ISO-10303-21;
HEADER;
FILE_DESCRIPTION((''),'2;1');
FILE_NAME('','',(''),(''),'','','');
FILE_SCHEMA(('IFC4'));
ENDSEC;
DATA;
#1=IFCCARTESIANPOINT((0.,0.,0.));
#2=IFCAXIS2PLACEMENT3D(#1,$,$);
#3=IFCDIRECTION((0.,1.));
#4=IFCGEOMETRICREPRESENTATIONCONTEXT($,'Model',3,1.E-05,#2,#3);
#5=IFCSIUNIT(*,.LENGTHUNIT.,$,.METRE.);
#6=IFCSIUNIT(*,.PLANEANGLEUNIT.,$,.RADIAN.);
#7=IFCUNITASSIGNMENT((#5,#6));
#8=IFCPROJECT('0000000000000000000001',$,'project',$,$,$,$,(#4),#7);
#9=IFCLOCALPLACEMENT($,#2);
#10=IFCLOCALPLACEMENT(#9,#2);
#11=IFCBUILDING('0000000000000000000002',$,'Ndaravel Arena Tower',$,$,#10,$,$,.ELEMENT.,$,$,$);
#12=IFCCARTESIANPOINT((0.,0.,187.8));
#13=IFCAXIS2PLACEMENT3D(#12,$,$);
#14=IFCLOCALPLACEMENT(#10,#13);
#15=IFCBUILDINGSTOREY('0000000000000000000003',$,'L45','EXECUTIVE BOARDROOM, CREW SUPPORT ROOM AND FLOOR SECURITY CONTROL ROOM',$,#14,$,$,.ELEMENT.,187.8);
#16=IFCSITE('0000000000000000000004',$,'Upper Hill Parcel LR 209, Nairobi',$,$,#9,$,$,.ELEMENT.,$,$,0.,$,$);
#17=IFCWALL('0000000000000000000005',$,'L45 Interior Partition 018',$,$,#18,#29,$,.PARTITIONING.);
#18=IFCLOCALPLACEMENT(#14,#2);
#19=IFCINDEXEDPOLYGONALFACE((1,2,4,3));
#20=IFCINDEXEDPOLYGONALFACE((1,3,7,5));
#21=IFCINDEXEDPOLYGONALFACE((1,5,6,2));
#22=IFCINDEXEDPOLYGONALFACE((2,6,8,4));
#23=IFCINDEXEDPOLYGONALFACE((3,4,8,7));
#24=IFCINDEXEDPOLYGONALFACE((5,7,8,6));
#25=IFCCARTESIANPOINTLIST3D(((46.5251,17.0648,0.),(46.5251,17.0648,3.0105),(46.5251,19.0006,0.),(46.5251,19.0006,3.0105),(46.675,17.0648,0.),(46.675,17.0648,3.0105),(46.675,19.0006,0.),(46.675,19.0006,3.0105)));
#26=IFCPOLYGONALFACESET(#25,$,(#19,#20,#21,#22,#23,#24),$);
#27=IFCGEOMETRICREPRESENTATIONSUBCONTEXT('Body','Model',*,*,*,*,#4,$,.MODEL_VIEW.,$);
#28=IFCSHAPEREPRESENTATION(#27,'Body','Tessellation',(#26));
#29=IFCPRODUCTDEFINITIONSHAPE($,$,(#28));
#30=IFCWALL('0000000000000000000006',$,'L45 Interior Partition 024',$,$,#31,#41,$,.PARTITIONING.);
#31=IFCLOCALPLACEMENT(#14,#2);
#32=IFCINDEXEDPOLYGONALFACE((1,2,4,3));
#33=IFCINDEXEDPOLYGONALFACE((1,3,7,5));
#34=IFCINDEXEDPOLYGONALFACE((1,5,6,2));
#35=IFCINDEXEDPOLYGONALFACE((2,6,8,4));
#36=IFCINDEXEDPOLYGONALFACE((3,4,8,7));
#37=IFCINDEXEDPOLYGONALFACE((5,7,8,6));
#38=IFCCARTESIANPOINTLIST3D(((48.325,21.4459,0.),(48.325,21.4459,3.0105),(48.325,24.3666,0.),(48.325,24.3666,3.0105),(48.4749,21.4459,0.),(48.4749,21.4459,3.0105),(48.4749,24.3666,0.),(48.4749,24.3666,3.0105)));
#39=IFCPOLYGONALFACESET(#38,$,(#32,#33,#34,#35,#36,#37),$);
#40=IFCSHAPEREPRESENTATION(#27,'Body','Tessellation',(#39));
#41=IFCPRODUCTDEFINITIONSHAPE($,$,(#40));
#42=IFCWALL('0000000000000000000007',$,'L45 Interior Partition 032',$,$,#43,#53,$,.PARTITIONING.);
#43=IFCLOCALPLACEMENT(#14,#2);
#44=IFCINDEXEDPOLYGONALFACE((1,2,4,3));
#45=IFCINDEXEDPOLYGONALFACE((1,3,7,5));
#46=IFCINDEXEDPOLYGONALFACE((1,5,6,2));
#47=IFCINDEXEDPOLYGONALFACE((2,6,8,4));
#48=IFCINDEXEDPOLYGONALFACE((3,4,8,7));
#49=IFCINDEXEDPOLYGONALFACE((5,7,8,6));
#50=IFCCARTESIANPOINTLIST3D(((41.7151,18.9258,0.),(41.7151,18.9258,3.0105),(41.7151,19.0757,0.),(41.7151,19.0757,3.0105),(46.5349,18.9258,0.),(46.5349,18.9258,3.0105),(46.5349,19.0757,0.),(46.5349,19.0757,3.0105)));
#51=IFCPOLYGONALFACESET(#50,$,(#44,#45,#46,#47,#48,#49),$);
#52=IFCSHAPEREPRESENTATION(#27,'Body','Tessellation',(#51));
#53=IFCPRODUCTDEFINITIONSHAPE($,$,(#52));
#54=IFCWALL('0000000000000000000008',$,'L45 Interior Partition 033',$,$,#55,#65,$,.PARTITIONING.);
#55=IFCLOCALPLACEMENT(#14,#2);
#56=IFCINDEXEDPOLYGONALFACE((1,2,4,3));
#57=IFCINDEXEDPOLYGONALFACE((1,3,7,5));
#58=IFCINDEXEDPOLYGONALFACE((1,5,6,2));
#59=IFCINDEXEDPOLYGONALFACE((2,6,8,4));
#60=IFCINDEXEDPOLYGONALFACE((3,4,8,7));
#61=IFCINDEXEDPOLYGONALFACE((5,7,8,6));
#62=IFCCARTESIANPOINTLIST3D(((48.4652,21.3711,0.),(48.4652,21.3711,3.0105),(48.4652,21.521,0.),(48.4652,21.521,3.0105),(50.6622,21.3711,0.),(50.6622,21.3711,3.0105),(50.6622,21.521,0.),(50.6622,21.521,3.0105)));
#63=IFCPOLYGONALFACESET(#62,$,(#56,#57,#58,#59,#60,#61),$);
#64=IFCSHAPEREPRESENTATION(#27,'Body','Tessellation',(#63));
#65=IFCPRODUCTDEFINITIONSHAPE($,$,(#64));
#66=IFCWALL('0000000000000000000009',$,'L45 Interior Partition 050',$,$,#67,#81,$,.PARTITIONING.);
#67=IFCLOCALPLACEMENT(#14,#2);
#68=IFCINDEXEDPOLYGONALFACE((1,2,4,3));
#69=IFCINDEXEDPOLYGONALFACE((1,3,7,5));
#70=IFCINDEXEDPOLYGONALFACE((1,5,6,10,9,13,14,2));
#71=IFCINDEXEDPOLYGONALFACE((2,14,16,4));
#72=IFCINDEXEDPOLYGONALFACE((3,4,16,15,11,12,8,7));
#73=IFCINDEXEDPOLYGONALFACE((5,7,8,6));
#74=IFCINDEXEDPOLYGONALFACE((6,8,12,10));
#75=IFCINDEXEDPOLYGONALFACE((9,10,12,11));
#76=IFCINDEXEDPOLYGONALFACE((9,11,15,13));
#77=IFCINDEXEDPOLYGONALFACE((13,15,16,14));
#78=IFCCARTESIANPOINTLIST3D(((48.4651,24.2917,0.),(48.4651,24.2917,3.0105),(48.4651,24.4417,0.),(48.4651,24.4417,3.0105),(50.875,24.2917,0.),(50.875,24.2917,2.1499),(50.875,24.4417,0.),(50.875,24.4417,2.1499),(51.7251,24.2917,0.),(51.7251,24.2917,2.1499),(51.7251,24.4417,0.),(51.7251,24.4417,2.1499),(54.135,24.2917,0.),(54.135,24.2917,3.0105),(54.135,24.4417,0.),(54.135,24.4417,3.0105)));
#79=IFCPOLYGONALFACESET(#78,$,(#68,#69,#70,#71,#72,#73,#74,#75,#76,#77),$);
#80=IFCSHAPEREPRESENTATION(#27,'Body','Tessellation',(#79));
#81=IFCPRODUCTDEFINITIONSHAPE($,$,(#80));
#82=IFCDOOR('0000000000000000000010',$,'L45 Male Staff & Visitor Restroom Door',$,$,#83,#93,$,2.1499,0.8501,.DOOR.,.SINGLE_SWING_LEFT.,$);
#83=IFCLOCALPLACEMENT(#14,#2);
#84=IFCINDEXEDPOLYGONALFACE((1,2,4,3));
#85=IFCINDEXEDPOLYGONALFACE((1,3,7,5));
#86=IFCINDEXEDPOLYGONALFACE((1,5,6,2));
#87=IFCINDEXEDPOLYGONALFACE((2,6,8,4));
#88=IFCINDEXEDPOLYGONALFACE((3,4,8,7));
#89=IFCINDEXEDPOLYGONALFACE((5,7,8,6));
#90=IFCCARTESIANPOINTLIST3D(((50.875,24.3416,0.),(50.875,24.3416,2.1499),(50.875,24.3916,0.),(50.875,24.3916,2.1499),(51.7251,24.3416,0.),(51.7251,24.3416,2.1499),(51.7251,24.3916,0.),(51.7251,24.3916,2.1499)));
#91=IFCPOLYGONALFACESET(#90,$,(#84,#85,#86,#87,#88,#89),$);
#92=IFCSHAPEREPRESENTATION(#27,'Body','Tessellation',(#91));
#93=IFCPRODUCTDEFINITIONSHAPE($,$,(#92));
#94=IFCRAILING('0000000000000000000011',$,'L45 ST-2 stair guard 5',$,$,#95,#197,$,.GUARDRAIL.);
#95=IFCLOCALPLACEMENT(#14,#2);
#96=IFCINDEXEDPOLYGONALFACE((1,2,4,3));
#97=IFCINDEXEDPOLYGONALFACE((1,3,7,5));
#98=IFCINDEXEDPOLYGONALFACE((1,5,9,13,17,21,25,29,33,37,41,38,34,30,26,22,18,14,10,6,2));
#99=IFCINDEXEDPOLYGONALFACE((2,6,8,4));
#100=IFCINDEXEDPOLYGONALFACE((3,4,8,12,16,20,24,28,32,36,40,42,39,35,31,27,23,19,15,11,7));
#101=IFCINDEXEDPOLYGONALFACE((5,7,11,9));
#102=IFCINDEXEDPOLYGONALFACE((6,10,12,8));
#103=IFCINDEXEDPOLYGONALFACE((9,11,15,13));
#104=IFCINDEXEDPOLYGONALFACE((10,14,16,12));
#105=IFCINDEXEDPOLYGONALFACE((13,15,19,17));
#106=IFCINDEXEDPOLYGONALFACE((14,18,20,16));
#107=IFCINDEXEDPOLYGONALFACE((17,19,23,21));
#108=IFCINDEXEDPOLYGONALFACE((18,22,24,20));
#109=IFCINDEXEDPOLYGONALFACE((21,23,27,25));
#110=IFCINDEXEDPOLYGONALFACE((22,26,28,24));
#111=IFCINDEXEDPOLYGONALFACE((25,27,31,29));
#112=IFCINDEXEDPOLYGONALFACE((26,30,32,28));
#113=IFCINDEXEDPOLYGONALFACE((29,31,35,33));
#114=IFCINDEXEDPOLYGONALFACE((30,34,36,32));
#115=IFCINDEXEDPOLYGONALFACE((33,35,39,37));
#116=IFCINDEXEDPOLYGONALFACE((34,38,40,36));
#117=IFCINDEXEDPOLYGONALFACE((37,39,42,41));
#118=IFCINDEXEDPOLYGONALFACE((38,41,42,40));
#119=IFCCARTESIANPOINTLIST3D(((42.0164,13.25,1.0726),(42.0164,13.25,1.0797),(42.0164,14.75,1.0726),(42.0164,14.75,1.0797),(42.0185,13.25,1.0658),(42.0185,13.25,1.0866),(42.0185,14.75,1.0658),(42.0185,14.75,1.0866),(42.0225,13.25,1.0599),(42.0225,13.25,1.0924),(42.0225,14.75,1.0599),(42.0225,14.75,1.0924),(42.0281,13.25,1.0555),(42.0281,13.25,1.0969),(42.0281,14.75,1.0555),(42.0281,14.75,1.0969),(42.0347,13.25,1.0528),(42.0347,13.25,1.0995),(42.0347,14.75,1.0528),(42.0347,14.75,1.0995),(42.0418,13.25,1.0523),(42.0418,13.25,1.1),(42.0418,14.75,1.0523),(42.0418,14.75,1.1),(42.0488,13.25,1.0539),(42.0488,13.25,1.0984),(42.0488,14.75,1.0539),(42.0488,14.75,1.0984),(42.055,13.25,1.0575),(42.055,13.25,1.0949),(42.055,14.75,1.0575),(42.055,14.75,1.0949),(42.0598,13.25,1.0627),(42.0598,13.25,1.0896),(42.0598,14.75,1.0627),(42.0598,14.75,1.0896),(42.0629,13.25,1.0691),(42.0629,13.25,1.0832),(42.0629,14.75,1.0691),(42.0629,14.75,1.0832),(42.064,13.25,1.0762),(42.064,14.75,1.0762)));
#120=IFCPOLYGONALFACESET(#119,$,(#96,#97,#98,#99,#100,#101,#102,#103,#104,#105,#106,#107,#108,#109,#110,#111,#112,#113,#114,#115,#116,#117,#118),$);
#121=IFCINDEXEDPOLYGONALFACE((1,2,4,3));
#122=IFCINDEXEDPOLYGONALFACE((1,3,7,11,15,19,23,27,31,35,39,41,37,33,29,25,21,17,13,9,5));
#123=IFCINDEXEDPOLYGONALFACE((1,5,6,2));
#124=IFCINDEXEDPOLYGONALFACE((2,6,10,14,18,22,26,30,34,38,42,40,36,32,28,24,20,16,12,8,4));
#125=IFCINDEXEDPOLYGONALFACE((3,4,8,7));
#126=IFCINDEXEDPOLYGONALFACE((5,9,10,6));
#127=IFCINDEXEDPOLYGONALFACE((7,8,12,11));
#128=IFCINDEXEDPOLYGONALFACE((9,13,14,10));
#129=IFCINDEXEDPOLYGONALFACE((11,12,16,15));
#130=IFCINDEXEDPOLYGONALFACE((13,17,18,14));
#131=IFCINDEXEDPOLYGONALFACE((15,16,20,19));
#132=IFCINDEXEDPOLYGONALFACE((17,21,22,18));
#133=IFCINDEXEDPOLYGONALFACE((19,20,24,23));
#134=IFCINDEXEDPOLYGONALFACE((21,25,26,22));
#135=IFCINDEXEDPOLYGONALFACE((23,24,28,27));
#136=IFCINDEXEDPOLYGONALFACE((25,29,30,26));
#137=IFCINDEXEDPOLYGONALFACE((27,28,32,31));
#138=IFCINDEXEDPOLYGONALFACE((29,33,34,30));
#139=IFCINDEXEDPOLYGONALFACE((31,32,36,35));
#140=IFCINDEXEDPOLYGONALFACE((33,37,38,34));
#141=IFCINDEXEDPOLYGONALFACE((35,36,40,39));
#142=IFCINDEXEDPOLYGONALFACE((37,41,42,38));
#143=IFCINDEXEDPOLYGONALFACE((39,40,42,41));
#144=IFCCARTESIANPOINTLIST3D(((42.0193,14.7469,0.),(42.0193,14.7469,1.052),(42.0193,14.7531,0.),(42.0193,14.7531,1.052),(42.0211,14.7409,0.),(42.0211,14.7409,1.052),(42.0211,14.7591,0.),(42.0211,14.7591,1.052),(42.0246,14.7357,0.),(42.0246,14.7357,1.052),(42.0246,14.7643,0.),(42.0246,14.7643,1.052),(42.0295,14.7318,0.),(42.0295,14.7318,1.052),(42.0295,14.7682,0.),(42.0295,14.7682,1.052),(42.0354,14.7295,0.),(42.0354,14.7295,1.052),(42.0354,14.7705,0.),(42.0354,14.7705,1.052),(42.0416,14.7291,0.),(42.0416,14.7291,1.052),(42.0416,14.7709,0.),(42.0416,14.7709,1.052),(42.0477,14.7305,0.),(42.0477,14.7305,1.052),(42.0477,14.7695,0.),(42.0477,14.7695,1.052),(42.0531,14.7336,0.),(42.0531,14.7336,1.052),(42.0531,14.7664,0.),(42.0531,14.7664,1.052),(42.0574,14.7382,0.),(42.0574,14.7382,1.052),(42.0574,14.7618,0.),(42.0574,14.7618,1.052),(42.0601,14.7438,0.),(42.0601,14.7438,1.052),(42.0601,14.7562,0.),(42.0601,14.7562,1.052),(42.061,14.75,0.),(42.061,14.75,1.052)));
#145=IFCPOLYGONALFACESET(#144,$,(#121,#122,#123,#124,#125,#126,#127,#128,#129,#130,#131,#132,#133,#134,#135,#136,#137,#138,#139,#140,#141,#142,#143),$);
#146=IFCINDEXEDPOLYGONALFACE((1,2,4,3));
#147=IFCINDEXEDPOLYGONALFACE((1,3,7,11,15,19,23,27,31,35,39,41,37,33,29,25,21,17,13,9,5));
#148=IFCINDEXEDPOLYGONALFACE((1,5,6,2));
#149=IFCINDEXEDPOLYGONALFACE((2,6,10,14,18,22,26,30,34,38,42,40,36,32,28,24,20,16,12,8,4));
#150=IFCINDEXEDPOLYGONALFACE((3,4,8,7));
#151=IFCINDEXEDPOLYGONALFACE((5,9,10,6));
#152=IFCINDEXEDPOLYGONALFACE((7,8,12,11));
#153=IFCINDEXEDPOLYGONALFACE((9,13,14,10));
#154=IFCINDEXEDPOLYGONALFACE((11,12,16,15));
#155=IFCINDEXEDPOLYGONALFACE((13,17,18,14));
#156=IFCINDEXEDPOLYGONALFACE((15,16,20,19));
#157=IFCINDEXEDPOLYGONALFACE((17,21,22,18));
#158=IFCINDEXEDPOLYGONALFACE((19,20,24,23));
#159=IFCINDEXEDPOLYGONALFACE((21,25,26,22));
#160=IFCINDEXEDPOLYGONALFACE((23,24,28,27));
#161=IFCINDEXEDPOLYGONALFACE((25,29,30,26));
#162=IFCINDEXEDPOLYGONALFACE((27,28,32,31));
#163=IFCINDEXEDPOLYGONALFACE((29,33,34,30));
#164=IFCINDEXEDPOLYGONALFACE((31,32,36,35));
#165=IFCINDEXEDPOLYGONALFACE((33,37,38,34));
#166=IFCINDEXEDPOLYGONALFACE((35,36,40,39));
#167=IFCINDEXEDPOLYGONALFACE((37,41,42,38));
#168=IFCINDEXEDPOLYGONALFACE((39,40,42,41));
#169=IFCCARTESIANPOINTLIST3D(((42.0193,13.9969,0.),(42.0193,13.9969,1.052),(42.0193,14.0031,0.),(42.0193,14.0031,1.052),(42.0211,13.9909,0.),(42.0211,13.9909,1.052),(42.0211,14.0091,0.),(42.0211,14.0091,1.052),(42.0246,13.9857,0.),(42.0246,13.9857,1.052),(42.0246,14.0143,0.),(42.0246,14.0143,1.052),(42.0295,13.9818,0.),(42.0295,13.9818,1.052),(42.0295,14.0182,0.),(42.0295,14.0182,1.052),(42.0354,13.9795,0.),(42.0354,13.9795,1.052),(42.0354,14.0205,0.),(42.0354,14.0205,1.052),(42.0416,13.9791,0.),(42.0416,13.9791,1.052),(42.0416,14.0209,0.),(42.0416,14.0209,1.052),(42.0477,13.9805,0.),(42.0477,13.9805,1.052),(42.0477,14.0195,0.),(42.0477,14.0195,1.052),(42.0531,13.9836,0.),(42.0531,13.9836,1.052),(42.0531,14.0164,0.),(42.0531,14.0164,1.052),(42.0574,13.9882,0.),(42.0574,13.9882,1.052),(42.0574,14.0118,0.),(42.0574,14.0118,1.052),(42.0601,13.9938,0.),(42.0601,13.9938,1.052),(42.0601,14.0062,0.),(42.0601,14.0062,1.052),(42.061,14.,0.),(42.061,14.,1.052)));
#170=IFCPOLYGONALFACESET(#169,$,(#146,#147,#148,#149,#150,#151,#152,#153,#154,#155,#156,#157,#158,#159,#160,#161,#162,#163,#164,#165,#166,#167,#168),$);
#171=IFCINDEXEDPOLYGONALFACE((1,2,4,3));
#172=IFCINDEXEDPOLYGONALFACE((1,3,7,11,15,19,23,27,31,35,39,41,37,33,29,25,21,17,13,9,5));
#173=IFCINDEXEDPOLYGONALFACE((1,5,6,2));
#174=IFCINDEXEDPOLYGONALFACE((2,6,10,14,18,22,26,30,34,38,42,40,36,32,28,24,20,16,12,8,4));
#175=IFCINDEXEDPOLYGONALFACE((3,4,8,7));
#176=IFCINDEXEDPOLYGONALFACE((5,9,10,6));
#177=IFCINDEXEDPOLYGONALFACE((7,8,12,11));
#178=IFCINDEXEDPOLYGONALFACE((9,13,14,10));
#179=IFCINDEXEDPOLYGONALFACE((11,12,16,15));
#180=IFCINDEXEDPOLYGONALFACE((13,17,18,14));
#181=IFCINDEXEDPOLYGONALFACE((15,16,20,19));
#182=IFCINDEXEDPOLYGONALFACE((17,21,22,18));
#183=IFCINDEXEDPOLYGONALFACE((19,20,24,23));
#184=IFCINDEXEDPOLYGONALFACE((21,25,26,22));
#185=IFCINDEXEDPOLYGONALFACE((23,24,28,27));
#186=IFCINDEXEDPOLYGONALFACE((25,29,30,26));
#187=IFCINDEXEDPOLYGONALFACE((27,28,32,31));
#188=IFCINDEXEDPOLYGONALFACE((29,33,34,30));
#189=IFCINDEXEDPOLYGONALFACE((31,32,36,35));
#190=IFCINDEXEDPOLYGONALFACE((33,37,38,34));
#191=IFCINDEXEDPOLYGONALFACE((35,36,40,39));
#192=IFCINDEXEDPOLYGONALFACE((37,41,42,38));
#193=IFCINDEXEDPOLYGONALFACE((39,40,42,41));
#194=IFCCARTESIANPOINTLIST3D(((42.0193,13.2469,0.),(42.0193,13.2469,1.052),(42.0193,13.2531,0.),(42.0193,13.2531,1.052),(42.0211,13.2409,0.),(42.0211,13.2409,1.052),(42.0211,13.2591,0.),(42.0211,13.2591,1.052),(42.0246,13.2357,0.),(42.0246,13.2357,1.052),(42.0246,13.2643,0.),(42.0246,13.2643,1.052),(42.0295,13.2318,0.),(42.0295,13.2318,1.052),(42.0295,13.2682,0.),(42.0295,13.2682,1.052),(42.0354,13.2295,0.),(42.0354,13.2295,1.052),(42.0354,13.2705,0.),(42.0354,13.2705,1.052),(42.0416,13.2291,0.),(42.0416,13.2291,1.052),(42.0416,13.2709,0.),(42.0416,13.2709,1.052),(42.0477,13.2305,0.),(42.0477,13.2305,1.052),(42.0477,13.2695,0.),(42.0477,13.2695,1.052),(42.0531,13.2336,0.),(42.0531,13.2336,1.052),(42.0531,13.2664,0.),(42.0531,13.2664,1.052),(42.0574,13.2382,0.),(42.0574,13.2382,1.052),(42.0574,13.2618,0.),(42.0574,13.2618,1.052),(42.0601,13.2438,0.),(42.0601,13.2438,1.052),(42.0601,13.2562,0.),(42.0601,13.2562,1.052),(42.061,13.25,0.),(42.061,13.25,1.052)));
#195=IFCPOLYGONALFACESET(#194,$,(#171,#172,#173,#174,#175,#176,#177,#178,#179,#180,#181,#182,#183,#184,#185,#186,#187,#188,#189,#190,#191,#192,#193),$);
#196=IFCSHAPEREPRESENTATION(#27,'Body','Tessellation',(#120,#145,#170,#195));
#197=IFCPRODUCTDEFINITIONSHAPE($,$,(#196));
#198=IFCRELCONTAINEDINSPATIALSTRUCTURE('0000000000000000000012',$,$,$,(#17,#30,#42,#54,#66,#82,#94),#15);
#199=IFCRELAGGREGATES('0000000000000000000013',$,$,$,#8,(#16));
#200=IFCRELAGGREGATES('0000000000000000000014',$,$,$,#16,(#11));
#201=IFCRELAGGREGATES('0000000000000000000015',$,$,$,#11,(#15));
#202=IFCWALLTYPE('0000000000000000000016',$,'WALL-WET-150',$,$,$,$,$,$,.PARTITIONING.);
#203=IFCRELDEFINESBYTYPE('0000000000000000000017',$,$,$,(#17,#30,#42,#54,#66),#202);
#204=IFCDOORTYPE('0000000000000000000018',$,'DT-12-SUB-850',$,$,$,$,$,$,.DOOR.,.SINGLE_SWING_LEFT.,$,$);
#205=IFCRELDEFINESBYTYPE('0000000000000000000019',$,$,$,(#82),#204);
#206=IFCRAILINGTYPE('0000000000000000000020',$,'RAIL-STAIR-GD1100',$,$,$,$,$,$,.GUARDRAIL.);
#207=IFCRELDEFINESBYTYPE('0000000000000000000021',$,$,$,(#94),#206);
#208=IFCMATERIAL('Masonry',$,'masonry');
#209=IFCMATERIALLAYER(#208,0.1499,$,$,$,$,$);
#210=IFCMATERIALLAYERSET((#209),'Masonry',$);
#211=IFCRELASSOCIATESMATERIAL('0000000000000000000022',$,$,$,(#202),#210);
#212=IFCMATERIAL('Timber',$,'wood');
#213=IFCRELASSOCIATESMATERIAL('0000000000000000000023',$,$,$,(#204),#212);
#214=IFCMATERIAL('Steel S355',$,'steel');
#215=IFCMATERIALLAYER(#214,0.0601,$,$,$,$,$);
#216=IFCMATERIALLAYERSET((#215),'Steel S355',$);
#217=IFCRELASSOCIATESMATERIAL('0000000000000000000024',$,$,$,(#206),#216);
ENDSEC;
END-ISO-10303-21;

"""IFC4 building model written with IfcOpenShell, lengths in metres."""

from ifc_helpers import new_model, si_unit, direction, frame, frame_2d, origin, origin_2d, place, context, subcontext, project, spatial, rectangle, circle, extrude, material, layer, layer_set, type_object, element, fill, save


model = new_model("IFC4")

# Units and contexts
model_context = context("Model", 3, precision=1e-05, world=origin(), true_north=direction((0.0, 1.0)))
body_context = subcontext(model_context, "Body", "Model", "MODEL_VIEW")
ifc_project = project(units=[si_unit("LENGTHUNIT", "METRE"), si_unit("PLANEANGLEUNIT", "RADIAN")], contexts=[model_context])

# Site, building, storey
site_placement = place(None, origin())
site = spatial("IfcSite", under=ifc_project, at=site_placement, Name="Upper Hill Parcel LR 209, Nairobi", CompositionType="ELEMENT", RefElevation=0.0)
building_placement = place(site_placement, origin())
building = spatial("IfcBuilding", under=site, at=building_placement, Name="Ndaravel Arena Tower", CompositionType="ELEMENT")
storey_placement = place(building_placement, frame((0.0, 0.0, 187.8)))
storey = spatial("IfcBuildingStorey", under=building, at=storey_placement, Name="L45", Description="EXECUTIVE BOARDROOM, CREW SUPPORT ROOM AND FLOOR SECURITY CONTROL ROOM", CompositionType="ELEMENT", Elevation=187.8)

# Walls
ifc_material_1 = material(Name="Masonry", Category="masonry")
ifc_layer_1 = layer(ifc_material_1, 0.1499)
ifc_layer_set_1 = layer_set([ifc_layer_1], Name="Masonry")
wall_type_1 = type_object("IfcWallType", Name="WALL-WET-150", PredefinedType="PARTITIONING", material=ifc_layer_set_1)
wall_1_placement = place(storey_placement, frame((46.6001, 17.0649, 0.0), z_axis=(0.0, 0.0, 1.0), x_axis=(0.0, 1.0, 0.0)))
element("IfcWall", 1, at=wall_1_placement, inside=storey, type_object=wall_type_1, Name="L45 Interior Partition 018", PredefinedType="PARTITIONING", context=body_context, shape_type="SweptSolid", body=[
    extrude(rectangle(XDim=1.9358, YDim=0.1499, at=frame_2d((0.9678, 0.0))), origin(), (0.0, 0.0, 1.0), 3.0105),
])
wall_2_placement = place(storey_placement, frame((48.3999, 24.3667, 0.0), z_axis=(0.0, 0.0, 1.0), x_axis=(0.0, -1.0, 0.0)))
element("IfcWall", 2, at=wall_2_placement, inside=storey, type_object=wall_type_1, Name="L45 Interior Partition 024", PredefinedType="PARTITIONING", context=body_context, shape_type="SweptSolid", body=[
    extrude(rectangle(XDim=2.9207, YDim=0.1499, at=frame_2d((1.4604, 0.0))), origin(), (0.0, 0.0, 1.0), 3.0105),
])
wall_3_placement = place(storey_placement, frame((41.7151, 19.0007, 0.0), z_axis=(0.0, 0.0, 1.0), x_axis=(1.0, 0.0, 0.0)))
element("IfcWall", 3, at=wall_3_placement, inside=storey, type_object=wall_type_1, Name="L45 Interior Partition 032", PredefinedType="PARTITIONING", context=body_context, shape_type="SweptSolid", body=[
    extrude(rectangle(XDim=4.8198, YDim=0.1499, at=frame_2d((2.4099, 0.0))), origin(), (0.0, 0.0, 1.0), 3.0105),
])
wall_4_placement = place(storey_placement, frame((48.4651, 21.446, 0.0), z_axis=(0.0, 0.0, 1.0), x_axis=(1.0, 0.0, 0.0)))
element("IfcWall", 4, at=wall_4_placement, inside=storey, type_object=wall_type_1, Name="L45 Interior Partition 033", PredefinedType="PARTITIONING", context=body_context, shape_type="SweptSolid", body=[
    extrude(rectangle(XDim=2.197, YDim=0.1499, at=frame_2d((1.0986, 0.0))), origin(), (0.0, 0.0, 1.0), 3.0105),
])

# Wall, opening, door
wall_5_placement = place(storey_placement, frame((48.4651, 24.3667, 0.0), z_axis=(0.0, 0.0, 1.0), x_axis=(1.0, 0.0, 0.0)))
wall_5 = element("IfcWall", 5, at=wall_5_placement, inside=storey, type_object=wall_type_1, Name="L45 Interior Partition 050", PredefinedType="PARTITIONING", context=body_context, shape_type="SweptSolid", body=[
    extrude(rectangle(XDim=5.6699, YDim=0.1499, at=frame_2d((2.835, 0.0))), origin(), (0.0, 0.0, 1.0), 3.0105),
])
opening_1_placement = place(wall_5_placement, frame((2.4099, 0.0, 0.0)))
opening_1 = element("IfcOpeningElement", 6, at=opening_1_placement, cuts=wall_5, PredefinedType="OPENING", context=body_context, shape_type="SweptSolid", body=[
    extrude(rectangle(XDim=0.8501, YDim=2.1499, at=frame_2d((0.425, 1.075))), frame((0.0, 0.075, 0.0), z_axis=(0.0, -1.0, 0.0), x_axis=(1.0, 0.0, 0.0)), (0.0, 0.0, 1.0), 0.1499),
])
ifc_material_2 = material(Name="Timber", Category="wood")
door_type_1 = type_object("IfcDoorType", Name="DT-12-SUB-850", OperationType="SINGLE_SWING_LEFT", PredefinedType="DOOR", material=ifc_material_2)
door_1_placement = place(opening_1_placement, origin())
door_1 = element("IfcDoor", 7, at=door_1_placement, inside=storey, type_object=door_type_1, Name="L45 Male Staff & Visitor Restroom Door", OperationType="SINGLE_SWING_LEFT", OverallHeight=2.1499, OverallWidth=0.8501, PredefinedType="DOOR", context=body_context, shape_type="SweptSolid", body=[
    extrude(rectangle(XDim=0.8501, YDim=2.1499, at=frame_2d((0.425, 1.075))), frame((0.0, 0.0249, 0.0), z_axis=(0.0, -1.0, 0.0), x_axis=(1.0, 0.0, 0.0)), (0.0, 0.0, 1.0), 0.05),
])
fill(opening_1, door_1)

# Railing
ifc_material_3 = material(Name="Steel S355", Category="steel")
ifc_layer_2 = layer(ifc_material_3, 0.0601)
ifc_layer_set_2 = layer_set([ifc_layer_2], Name="Steel S355")
railing_type = type_object("IfcRailingType", Name="RAIL-STAIR-GD1100", PredefinedType="GUARDRAIL", material=ifc_layer_set_2)
railing_placement = place(storey_placement, frame((42.04, 14.75, 0.0)))
element("IfcRailing", 8, at=railing_placement, inside=storey, type_object=railing_type, Name="L45 ST-2 stair guard 5", PredefinedType="GUARDRAIL", context=body_context, shape_type="SweptSolid", body=[
    extrude(circle(Radius=0.0239, at=origin_2d()), frame((0.0, 0.0, 1.0762), z_axis=(0.0, -1.0, 0.0), x_axis=(1.0, 0.0, 0.0)), (0.0, 0.0, 1.0), 1.5),
    extrude(circle(Radius=0.021, at=origin_2d()), origin(), (0.0, 0.0, 1.0), 1.052),
    extrude(circle(Radius=0.021, at=origin_2d()), frame((0.0, -0.75, 0.0)), (0.0, 0.0, 1.0), 1.052),
    extrude(circle(Radius=0.021, at=origin_2d()), frame((0.0, -1.5, 0.0)), (0.0, 0.0, 1.0), 1.052),
])

save(model, "model.ifc")
